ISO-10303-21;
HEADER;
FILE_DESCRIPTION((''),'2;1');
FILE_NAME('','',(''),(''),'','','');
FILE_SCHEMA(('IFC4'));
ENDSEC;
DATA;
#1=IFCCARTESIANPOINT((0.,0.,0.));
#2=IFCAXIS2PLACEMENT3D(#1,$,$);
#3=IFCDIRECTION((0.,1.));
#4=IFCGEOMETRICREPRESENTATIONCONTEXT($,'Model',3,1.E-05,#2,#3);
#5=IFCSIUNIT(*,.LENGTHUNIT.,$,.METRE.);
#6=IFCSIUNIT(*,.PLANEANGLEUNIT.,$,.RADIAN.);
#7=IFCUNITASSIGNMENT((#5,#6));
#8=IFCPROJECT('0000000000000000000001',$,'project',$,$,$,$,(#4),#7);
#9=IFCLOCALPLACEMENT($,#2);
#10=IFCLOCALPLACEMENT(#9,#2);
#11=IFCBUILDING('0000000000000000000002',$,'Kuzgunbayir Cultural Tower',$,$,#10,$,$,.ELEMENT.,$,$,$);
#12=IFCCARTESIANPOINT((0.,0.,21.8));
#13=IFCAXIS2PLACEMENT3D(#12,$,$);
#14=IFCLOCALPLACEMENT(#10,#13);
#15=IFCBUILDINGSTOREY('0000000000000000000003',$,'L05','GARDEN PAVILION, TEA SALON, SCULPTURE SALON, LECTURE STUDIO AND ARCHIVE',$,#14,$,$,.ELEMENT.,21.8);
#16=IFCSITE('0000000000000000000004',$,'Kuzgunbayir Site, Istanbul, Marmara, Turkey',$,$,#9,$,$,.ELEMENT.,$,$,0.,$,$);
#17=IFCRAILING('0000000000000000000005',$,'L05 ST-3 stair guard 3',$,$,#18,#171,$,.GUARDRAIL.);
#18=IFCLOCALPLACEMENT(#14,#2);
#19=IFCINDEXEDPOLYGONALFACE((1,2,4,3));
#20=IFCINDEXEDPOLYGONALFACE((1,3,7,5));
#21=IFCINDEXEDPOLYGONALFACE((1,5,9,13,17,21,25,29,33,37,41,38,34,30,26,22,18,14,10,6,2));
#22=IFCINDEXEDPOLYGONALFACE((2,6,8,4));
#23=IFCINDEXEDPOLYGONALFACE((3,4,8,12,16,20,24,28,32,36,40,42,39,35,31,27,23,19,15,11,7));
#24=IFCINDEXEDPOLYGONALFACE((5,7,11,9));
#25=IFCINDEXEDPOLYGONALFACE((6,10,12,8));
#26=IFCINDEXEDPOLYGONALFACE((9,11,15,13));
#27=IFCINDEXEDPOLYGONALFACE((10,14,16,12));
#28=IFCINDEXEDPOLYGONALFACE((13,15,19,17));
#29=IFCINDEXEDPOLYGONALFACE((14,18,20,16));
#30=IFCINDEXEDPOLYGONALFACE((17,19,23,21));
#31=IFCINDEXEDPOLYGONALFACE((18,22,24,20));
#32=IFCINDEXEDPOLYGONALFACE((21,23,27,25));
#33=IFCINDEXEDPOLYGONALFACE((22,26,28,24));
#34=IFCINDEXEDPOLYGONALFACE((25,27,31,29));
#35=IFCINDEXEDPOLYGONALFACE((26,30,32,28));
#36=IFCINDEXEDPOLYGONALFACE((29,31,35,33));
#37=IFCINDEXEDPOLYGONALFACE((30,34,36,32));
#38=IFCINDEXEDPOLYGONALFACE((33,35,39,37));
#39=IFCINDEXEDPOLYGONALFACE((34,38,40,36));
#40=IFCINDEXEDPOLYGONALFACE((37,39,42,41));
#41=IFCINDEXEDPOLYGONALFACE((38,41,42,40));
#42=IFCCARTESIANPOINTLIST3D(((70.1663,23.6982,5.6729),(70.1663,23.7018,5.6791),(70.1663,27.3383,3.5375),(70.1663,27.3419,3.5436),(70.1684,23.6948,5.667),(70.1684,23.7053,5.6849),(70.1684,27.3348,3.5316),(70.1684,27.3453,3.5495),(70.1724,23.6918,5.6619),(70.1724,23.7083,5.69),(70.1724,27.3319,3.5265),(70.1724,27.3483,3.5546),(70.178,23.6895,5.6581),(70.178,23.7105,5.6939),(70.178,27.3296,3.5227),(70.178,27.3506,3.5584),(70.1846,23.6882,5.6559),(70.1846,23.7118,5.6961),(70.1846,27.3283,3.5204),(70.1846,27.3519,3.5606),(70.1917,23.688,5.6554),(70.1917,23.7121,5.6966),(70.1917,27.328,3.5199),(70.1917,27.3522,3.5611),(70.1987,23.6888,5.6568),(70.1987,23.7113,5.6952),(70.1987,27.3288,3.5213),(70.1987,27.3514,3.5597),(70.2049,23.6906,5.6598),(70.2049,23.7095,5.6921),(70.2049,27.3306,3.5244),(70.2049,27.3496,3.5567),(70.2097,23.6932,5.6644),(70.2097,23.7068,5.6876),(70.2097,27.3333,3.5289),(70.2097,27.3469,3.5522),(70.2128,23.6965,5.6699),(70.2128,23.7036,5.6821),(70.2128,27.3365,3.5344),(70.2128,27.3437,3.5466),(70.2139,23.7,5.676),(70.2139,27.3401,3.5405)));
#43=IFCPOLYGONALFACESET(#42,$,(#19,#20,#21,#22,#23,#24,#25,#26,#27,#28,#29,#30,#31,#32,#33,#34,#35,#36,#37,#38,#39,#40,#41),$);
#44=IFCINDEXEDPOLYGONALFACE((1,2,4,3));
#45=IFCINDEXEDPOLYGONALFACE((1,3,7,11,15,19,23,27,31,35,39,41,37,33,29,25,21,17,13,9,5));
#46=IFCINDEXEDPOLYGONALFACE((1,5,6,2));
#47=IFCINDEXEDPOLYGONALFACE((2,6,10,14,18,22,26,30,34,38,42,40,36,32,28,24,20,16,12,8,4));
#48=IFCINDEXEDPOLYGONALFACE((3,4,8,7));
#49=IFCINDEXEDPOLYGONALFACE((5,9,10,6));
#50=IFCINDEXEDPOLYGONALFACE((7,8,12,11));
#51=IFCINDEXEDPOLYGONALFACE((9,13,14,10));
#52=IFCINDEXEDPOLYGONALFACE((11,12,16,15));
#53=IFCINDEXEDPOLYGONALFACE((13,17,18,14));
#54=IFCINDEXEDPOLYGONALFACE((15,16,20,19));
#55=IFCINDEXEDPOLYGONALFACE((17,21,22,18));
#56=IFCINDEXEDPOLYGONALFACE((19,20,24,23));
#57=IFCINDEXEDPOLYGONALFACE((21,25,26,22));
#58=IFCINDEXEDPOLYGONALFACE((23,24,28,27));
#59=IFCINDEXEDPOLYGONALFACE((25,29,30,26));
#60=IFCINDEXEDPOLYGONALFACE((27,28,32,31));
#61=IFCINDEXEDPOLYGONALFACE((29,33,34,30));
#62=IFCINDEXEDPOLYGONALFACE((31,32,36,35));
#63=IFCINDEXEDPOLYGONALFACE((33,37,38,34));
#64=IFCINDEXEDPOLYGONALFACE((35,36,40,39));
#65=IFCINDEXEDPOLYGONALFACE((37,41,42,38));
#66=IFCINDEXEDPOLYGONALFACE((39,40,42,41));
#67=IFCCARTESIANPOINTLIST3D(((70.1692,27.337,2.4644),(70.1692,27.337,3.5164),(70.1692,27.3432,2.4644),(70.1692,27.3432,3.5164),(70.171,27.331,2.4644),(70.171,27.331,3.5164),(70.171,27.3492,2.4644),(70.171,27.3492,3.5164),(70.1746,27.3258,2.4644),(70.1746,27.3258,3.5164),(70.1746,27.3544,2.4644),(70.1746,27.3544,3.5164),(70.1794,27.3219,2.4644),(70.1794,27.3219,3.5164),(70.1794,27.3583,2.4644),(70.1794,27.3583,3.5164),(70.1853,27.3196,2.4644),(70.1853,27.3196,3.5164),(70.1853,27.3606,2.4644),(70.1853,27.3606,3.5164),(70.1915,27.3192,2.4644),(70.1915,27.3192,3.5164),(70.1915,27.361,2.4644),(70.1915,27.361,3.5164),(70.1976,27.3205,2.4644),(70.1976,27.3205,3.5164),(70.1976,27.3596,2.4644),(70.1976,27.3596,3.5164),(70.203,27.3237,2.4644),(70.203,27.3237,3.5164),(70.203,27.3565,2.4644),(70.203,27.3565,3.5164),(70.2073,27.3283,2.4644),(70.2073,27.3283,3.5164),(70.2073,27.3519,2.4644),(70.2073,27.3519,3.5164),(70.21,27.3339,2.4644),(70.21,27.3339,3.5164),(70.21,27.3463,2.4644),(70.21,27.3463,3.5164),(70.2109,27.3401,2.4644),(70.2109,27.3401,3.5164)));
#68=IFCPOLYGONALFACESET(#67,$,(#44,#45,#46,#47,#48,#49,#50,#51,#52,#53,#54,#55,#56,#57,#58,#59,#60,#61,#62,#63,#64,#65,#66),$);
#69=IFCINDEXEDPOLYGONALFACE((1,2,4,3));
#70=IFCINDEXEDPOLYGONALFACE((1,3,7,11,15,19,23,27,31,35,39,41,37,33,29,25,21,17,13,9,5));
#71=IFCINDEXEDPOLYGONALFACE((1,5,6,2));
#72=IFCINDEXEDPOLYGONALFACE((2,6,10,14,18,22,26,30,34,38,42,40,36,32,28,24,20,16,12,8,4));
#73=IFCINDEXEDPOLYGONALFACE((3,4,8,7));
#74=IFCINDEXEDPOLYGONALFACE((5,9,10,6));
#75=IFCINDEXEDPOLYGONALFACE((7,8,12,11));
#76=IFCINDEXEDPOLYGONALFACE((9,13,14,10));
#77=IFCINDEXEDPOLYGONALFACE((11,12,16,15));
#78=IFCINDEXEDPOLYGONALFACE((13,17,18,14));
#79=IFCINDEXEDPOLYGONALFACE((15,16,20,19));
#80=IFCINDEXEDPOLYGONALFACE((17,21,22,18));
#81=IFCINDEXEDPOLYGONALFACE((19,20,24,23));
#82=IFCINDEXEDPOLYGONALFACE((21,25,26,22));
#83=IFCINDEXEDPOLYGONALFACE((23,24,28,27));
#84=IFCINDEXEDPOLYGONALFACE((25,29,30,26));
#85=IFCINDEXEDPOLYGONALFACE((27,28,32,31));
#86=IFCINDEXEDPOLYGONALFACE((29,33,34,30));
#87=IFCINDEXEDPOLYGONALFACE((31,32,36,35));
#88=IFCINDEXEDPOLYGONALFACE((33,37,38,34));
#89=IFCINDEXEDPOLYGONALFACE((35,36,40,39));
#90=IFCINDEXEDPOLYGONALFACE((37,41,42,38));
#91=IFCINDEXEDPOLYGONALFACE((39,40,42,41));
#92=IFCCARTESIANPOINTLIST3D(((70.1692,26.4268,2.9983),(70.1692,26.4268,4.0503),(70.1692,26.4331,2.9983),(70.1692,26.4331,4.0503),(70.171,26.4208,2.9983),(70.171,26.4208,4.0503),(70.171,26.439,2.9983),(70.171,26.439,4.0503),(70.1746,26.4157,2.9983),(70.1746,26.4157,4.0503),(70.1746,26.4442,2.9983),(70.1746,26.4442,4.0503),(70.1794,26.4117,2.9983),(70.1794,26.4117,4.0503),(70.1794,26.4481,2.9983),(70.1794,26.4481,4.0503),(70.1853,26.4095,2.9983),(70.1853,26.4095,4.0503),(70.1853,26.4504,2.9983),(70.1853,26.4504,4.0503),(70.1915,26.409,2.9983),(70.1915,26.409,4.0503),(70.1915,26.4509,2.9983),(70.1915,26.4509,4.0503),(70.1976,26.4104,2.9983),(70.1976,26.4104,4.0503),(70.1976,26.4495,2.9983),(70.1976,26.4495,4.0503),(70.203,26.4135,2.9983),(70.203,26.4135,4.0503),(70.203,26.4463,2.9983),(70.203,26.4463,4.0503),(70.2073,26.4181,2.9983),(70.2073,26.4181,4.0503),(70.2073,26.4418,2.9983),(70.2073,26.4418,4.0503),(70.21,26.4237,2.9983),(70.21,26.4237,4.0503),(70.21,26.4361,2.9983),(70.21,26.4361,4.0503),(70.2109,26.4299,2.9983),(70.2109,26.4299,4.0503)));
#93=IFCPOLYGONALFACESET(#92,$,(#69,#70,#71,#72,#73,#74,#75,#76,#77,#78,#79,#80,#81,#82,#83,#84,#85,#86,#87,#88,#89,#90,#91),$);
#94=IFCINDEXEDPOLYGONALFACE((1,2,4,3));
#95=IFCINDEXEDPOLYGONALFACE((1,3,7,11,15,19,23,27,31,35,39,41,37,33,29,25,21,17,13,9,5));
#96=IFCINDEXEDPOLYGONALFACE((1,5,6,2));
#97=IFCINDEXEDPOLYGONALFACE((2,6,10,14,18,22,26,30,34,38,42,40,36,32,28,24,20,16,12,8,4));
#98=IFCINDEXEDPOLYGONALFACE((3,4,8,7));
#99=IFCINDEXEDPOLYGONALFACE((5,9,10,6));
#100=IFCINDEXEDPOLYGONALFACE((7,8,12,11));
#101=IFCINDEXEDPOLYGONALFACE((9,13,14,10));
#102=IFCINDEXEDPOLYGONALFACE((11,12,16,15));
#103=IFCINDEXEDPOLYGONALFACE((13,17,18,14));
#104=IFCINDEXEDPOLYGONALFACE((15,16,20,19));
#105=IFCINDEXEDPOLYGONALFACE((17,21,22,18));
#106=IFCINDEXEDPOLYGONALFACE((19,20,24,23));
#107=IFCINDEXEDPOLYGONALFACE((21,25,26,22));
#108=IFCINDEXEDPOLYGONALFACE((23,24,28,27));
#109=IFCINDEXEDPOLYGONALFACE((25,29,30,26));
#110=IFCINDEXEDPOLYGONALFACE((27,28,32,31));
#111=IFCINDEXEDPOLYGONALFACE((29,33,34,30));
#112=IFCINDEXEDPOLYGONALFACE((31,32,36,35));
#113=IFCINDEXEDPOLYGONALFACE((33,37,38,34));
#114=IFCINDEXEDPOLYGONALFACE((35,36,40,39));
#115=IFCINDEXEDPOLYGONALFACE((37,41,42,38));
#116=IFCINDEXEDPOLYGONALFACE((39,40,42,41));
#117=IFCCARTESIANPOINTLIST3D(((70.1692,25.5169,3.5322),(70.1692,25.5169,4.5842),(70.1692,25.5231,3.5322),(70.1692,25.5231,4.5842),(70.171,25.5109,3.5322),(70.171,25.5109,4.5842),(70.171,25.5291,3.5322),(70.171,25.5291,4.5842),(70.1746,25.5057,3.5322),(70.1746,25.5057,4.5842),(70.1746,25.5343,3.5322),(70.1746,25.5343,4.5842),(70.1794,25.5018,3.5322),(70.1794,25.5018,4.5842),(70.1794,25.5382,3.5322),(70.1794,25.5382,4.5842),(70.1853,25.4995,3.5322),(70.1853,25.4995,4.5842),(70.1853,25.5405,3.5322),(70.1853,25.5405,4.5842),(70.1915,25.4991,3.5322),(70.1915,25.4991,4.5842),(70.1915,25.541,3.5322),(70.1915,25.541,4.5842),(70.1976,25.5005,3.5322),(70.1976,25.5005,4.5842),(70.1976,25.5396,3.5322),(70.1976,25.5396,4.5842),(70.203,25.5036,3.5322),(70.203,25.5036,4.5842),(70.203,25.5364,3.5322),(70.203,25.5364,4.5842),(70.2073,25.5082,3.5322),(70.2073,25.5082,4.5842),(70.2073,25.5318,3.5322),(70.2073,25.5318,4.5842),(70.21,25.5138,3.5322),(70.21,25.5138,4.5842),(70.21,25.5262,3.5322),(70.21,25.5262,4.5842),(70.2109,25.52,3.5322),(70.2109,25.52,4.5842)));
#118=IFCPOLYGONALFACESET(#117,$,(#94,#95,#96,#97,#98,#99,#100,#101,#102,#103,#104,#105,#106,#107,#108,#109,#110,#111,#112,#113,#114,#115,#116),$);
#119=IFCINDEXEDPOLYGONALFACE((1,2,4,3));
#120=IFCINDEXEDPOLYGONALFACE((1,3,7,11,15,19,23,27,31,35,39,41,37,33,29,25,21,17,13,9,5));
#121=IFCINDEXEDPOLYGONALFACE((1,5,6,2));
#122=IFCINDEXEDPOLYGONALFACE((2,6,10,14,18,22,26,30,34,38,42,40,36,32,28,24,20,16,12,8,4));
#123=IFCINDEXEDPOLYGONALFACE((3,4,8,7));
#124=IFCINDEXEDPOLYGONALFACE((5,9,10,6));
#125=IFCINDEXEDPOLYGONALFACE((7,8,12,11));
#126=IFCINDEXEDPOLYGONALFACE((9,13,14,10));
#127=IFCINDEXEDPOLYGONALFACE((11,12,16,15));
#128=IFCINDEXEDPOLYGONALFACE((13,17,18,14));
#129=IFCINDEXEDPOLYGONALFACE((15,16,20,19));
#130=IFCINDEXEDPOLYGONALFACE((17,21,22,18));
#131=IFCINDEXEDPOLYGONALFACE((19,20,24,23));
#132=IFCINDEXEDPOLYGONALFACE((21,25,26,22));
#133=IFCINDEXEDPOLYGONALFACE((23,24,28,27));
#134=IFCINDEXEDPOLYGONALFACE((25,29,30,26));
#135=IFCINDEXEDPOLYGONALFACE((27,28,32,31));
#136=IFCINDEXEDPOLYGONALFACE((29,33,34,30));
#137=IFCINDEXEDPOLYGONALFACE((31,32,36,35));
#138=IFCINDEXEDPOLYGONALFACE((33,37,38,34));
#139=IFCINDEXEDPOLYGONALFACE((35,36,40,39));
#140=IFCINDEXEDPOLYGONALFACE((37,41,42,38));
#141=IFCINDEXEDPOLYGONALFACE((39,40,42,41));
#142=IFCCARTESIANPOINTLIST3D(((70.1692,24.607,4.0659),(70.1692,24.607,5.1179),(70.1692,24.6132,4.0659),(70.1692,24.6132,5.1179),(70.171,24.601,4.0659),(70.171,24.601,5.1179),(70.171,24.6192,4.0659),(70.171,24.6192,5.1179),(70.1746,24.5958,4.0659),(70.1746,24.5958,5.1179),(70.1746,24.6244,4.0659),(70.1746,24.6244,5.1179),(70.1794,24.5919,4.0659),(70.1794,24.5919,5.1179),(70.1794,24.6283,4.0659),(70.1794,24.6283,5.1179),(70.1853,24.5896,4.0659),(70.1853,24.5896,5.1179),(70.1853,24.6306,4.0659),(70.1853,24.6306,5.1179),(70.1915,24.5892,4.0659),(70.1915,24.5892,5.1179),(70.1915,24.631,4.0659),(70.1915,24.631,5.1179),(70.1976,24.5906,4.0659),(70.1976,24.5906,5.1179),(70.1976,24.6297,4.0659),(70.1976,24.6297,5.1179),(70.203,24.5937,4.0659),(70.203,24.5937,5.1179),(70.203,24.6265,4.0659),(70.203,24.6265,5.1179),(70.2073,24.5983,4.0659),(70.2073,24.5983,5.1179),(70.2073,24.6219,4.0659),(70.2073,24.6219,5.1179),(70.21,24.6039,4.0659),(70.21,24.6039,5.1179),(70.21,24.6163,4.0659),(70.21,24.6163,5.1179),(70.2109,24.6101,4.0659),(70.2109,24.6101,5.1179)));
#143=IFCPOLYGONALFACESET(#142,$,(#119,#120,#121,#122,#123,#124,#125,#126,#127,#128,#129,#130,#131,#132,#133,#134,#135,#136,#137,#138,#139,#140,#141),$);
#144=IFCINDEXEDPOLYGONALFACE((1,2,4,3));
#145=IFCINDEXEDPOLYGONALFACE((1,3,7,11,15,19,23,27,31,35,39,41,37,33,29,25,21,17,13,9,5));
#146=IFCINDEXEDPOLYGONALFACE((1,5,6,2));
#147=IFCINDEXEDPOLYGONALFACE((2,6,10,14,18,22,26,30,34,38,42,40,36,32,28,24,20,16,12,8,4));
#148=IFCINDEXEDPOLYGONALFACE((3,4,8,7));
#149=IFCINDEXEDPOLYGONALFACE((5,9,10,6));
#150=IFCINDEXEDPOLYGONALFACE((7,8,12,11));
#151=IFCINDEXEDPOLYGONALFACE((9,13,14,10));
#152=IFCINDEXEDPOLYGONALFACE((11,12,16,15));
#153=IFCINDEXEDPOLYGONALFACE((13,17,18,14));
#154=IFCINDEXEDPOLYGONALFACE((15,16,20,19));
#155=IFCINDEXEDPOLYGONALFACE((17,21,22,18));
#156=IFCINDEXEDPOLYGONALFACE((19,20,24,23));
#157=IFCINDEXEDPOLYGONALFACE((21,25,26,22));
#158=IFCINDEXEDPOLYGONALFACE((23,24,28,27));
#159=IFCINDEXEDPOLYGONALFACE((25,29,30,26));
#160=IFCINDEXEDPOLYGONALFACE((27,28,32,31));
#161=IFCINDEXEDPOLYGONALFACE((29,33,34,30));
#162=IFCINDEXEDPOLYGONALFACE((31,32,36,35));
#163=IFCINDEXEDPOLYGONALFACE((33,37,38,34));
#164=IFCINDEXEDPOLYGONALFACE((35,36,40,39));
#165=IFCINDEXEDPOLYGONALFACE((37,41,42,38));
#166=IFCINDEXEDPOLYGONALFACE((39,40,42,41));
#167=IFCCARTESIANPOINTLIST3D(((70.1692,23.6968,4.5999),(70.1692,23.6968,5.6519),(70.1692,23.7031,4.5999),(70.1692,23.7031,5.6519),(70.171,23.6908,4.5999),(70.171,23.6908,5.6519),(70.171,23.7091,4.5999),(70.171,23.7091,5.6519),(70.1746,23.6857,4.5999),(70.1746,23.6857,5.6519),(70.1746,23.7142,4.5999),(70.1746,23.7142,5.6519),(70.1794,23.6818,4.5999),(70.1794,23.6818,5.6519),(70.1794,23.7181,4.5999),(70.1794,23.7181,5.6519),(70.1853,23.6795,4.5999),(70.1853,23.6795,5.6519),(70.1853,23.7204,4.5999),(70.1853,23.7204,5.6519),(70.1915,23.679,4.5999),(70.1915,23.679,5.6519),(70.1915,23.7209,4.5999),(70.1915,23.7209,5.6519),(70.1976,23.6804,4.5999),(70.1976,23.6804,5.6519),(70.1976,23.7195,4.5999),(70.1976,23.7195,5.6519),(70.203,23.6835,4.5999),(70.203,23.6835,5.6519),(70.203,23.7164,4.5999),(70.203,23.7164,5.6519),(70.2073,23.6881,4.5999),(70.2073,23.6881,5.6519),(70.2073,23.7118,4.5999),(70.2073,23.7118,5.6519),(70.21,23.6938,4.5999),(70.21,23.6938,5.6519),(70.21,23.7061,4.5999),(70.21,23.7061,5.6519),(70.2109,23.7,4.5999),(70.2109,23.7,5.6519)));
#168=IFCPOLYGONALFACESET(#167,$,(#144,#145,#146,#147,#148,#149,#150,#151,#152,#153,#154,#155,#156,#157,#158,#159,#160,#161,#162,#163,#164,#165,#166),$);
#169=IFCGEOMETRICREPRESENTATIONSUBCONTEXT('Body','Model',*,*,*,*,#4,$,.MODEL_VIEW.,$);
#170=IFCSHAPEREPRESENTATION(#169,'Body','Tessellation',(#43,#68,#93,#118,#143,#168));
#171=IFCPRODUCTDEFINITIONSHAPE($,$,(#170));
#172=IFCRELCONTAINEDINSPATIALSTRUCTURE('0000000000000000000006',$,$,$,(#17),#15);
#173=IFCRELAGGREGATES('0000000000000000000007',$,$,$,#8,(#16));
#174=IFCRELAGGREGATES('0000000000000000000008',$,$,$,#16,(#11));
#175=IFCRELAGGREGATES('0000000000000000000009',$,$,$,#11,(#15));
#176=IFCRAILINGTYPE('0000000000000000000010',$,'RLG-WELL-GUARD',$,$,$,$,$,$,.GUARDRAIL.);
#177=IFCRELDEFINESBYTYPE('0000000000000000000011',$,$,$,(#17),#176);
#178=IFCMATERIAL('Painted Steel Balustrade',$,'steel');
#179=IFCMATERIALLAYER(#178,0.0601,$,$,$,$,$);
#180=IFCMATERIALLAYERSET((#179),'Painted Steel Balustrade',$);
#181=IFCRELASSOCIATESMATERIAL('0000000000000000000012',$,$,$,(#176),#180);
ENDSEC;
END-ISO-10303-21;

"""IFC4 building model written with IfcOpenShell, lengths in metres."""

from ifc_helpers import new_model, si_unit, direction, frame, origin, origin_2d, place, context, subcontext, project, spatial, circle, extrude, material, layer, layer_set, type_object, element, save


model = new_model("IFC4")

# Units and contexts
model_context = context("Model", 3, precision=1e-05, world=origin(), true_north=direction((0.0, 1.0)))
body_context = subcontext(model_context, "Body", "Model", "MODEL_VIEW")
ifc_project = project(units=[si_unit("LENGTHUNIT", "METRE"), si_unit("PLANEANGLEUNIT", "RADIAN")], contexts=[model_context])

# Site, building, storey
site_placement = place(None, origin())
site = spatial("IfcSite", under=ifc_project, at=site_placement, Name="Kuzgunbayir Site, Istanbul, Marmara, Turkey", CompositionType="ELEMENT", RefElevation=0.0)
building_placement = place(site_placement, origin())
building = spatial("IfcBuilding", under=site, at=building_placement, Name="Kuzgunbayir Cultural Tower", CompositionType="ELEMENT")
storey_placement = place(building_placement, frame((0.0, 0.0, 21.8)))
storey = spatial("IfcBuildingStorey", under=building, at=storey_placement, Name="L05", Description="GARDEN PAVILION, TEA SALON, SCULPTURE SALON, LECTURE STUDIO AND ARCHIVE", CompositionType="ELEMENT", Elevation=21.8)

# Railing
ifc_material_1 = material(Name="Painted Steel Balustrade", Category="steel")
ifc_layer_1 = layer(ifc_material_1, 0.0601)
ifc_layer_set_1 = layer_set([ifc_layer_1], Name="Painted Steel Balustrade")
railing_type_1 = type_object("IfcRailingType", Name="RLG-WELL-GUARD", PredefinedType="GUARDRAIL", material=ifc_layer_set_1)
railing_1_placement = place(storey_placement, frame((70.1899, 27.3401, 2.4644)))
element("IfcRailing", 1, at=railing_1_placement, inside=storey, type_object=railing_type_1, Name="L05 ST-3 stair guard 3", PredefinedType="GUARDRAIL", context=body_context, shape_type="SweptSolid", body=[
    extrude(circle(Radius=0.0239, at=origin_2d()), frame((0.0, 0.0, 1.0762), z_axis=(0.0, -0.86253, 0.506006), x_axis=(1.0, 0.0, 0.0)), (0.0, 0.0, 1.0), 4.2202),
    extrude(circle(Radius=0.021, at=origin_2d()), origin(), (0.0, 0.0, 1.0), 1.052),
    extrude(circle(Radius=0.021, at=origin_2d()), frame((0.0, -0.9102, 0.5339)), (0.0, 0.0, 1.0), 1.052),
    extrude(circle(Radius=0.021, at=origin_2d()), frame((0.0, -1.8201, 1.0679)), (0.0, 0.0, 1.0), 1.052),
    extrude(circle(Radius=0.021, at=origin_2d()), frame((0.0, -2.73, 1.6016)), (0.0, 0.0, 1.0), 1.052),
    extrude(circle(Radius=0.021, at=origin_2d()), frame((0.0, -3.6401, 2.1355)), (0.0, 0.0, 1.0), 1.052),
])

save(model, "model.ifc")
